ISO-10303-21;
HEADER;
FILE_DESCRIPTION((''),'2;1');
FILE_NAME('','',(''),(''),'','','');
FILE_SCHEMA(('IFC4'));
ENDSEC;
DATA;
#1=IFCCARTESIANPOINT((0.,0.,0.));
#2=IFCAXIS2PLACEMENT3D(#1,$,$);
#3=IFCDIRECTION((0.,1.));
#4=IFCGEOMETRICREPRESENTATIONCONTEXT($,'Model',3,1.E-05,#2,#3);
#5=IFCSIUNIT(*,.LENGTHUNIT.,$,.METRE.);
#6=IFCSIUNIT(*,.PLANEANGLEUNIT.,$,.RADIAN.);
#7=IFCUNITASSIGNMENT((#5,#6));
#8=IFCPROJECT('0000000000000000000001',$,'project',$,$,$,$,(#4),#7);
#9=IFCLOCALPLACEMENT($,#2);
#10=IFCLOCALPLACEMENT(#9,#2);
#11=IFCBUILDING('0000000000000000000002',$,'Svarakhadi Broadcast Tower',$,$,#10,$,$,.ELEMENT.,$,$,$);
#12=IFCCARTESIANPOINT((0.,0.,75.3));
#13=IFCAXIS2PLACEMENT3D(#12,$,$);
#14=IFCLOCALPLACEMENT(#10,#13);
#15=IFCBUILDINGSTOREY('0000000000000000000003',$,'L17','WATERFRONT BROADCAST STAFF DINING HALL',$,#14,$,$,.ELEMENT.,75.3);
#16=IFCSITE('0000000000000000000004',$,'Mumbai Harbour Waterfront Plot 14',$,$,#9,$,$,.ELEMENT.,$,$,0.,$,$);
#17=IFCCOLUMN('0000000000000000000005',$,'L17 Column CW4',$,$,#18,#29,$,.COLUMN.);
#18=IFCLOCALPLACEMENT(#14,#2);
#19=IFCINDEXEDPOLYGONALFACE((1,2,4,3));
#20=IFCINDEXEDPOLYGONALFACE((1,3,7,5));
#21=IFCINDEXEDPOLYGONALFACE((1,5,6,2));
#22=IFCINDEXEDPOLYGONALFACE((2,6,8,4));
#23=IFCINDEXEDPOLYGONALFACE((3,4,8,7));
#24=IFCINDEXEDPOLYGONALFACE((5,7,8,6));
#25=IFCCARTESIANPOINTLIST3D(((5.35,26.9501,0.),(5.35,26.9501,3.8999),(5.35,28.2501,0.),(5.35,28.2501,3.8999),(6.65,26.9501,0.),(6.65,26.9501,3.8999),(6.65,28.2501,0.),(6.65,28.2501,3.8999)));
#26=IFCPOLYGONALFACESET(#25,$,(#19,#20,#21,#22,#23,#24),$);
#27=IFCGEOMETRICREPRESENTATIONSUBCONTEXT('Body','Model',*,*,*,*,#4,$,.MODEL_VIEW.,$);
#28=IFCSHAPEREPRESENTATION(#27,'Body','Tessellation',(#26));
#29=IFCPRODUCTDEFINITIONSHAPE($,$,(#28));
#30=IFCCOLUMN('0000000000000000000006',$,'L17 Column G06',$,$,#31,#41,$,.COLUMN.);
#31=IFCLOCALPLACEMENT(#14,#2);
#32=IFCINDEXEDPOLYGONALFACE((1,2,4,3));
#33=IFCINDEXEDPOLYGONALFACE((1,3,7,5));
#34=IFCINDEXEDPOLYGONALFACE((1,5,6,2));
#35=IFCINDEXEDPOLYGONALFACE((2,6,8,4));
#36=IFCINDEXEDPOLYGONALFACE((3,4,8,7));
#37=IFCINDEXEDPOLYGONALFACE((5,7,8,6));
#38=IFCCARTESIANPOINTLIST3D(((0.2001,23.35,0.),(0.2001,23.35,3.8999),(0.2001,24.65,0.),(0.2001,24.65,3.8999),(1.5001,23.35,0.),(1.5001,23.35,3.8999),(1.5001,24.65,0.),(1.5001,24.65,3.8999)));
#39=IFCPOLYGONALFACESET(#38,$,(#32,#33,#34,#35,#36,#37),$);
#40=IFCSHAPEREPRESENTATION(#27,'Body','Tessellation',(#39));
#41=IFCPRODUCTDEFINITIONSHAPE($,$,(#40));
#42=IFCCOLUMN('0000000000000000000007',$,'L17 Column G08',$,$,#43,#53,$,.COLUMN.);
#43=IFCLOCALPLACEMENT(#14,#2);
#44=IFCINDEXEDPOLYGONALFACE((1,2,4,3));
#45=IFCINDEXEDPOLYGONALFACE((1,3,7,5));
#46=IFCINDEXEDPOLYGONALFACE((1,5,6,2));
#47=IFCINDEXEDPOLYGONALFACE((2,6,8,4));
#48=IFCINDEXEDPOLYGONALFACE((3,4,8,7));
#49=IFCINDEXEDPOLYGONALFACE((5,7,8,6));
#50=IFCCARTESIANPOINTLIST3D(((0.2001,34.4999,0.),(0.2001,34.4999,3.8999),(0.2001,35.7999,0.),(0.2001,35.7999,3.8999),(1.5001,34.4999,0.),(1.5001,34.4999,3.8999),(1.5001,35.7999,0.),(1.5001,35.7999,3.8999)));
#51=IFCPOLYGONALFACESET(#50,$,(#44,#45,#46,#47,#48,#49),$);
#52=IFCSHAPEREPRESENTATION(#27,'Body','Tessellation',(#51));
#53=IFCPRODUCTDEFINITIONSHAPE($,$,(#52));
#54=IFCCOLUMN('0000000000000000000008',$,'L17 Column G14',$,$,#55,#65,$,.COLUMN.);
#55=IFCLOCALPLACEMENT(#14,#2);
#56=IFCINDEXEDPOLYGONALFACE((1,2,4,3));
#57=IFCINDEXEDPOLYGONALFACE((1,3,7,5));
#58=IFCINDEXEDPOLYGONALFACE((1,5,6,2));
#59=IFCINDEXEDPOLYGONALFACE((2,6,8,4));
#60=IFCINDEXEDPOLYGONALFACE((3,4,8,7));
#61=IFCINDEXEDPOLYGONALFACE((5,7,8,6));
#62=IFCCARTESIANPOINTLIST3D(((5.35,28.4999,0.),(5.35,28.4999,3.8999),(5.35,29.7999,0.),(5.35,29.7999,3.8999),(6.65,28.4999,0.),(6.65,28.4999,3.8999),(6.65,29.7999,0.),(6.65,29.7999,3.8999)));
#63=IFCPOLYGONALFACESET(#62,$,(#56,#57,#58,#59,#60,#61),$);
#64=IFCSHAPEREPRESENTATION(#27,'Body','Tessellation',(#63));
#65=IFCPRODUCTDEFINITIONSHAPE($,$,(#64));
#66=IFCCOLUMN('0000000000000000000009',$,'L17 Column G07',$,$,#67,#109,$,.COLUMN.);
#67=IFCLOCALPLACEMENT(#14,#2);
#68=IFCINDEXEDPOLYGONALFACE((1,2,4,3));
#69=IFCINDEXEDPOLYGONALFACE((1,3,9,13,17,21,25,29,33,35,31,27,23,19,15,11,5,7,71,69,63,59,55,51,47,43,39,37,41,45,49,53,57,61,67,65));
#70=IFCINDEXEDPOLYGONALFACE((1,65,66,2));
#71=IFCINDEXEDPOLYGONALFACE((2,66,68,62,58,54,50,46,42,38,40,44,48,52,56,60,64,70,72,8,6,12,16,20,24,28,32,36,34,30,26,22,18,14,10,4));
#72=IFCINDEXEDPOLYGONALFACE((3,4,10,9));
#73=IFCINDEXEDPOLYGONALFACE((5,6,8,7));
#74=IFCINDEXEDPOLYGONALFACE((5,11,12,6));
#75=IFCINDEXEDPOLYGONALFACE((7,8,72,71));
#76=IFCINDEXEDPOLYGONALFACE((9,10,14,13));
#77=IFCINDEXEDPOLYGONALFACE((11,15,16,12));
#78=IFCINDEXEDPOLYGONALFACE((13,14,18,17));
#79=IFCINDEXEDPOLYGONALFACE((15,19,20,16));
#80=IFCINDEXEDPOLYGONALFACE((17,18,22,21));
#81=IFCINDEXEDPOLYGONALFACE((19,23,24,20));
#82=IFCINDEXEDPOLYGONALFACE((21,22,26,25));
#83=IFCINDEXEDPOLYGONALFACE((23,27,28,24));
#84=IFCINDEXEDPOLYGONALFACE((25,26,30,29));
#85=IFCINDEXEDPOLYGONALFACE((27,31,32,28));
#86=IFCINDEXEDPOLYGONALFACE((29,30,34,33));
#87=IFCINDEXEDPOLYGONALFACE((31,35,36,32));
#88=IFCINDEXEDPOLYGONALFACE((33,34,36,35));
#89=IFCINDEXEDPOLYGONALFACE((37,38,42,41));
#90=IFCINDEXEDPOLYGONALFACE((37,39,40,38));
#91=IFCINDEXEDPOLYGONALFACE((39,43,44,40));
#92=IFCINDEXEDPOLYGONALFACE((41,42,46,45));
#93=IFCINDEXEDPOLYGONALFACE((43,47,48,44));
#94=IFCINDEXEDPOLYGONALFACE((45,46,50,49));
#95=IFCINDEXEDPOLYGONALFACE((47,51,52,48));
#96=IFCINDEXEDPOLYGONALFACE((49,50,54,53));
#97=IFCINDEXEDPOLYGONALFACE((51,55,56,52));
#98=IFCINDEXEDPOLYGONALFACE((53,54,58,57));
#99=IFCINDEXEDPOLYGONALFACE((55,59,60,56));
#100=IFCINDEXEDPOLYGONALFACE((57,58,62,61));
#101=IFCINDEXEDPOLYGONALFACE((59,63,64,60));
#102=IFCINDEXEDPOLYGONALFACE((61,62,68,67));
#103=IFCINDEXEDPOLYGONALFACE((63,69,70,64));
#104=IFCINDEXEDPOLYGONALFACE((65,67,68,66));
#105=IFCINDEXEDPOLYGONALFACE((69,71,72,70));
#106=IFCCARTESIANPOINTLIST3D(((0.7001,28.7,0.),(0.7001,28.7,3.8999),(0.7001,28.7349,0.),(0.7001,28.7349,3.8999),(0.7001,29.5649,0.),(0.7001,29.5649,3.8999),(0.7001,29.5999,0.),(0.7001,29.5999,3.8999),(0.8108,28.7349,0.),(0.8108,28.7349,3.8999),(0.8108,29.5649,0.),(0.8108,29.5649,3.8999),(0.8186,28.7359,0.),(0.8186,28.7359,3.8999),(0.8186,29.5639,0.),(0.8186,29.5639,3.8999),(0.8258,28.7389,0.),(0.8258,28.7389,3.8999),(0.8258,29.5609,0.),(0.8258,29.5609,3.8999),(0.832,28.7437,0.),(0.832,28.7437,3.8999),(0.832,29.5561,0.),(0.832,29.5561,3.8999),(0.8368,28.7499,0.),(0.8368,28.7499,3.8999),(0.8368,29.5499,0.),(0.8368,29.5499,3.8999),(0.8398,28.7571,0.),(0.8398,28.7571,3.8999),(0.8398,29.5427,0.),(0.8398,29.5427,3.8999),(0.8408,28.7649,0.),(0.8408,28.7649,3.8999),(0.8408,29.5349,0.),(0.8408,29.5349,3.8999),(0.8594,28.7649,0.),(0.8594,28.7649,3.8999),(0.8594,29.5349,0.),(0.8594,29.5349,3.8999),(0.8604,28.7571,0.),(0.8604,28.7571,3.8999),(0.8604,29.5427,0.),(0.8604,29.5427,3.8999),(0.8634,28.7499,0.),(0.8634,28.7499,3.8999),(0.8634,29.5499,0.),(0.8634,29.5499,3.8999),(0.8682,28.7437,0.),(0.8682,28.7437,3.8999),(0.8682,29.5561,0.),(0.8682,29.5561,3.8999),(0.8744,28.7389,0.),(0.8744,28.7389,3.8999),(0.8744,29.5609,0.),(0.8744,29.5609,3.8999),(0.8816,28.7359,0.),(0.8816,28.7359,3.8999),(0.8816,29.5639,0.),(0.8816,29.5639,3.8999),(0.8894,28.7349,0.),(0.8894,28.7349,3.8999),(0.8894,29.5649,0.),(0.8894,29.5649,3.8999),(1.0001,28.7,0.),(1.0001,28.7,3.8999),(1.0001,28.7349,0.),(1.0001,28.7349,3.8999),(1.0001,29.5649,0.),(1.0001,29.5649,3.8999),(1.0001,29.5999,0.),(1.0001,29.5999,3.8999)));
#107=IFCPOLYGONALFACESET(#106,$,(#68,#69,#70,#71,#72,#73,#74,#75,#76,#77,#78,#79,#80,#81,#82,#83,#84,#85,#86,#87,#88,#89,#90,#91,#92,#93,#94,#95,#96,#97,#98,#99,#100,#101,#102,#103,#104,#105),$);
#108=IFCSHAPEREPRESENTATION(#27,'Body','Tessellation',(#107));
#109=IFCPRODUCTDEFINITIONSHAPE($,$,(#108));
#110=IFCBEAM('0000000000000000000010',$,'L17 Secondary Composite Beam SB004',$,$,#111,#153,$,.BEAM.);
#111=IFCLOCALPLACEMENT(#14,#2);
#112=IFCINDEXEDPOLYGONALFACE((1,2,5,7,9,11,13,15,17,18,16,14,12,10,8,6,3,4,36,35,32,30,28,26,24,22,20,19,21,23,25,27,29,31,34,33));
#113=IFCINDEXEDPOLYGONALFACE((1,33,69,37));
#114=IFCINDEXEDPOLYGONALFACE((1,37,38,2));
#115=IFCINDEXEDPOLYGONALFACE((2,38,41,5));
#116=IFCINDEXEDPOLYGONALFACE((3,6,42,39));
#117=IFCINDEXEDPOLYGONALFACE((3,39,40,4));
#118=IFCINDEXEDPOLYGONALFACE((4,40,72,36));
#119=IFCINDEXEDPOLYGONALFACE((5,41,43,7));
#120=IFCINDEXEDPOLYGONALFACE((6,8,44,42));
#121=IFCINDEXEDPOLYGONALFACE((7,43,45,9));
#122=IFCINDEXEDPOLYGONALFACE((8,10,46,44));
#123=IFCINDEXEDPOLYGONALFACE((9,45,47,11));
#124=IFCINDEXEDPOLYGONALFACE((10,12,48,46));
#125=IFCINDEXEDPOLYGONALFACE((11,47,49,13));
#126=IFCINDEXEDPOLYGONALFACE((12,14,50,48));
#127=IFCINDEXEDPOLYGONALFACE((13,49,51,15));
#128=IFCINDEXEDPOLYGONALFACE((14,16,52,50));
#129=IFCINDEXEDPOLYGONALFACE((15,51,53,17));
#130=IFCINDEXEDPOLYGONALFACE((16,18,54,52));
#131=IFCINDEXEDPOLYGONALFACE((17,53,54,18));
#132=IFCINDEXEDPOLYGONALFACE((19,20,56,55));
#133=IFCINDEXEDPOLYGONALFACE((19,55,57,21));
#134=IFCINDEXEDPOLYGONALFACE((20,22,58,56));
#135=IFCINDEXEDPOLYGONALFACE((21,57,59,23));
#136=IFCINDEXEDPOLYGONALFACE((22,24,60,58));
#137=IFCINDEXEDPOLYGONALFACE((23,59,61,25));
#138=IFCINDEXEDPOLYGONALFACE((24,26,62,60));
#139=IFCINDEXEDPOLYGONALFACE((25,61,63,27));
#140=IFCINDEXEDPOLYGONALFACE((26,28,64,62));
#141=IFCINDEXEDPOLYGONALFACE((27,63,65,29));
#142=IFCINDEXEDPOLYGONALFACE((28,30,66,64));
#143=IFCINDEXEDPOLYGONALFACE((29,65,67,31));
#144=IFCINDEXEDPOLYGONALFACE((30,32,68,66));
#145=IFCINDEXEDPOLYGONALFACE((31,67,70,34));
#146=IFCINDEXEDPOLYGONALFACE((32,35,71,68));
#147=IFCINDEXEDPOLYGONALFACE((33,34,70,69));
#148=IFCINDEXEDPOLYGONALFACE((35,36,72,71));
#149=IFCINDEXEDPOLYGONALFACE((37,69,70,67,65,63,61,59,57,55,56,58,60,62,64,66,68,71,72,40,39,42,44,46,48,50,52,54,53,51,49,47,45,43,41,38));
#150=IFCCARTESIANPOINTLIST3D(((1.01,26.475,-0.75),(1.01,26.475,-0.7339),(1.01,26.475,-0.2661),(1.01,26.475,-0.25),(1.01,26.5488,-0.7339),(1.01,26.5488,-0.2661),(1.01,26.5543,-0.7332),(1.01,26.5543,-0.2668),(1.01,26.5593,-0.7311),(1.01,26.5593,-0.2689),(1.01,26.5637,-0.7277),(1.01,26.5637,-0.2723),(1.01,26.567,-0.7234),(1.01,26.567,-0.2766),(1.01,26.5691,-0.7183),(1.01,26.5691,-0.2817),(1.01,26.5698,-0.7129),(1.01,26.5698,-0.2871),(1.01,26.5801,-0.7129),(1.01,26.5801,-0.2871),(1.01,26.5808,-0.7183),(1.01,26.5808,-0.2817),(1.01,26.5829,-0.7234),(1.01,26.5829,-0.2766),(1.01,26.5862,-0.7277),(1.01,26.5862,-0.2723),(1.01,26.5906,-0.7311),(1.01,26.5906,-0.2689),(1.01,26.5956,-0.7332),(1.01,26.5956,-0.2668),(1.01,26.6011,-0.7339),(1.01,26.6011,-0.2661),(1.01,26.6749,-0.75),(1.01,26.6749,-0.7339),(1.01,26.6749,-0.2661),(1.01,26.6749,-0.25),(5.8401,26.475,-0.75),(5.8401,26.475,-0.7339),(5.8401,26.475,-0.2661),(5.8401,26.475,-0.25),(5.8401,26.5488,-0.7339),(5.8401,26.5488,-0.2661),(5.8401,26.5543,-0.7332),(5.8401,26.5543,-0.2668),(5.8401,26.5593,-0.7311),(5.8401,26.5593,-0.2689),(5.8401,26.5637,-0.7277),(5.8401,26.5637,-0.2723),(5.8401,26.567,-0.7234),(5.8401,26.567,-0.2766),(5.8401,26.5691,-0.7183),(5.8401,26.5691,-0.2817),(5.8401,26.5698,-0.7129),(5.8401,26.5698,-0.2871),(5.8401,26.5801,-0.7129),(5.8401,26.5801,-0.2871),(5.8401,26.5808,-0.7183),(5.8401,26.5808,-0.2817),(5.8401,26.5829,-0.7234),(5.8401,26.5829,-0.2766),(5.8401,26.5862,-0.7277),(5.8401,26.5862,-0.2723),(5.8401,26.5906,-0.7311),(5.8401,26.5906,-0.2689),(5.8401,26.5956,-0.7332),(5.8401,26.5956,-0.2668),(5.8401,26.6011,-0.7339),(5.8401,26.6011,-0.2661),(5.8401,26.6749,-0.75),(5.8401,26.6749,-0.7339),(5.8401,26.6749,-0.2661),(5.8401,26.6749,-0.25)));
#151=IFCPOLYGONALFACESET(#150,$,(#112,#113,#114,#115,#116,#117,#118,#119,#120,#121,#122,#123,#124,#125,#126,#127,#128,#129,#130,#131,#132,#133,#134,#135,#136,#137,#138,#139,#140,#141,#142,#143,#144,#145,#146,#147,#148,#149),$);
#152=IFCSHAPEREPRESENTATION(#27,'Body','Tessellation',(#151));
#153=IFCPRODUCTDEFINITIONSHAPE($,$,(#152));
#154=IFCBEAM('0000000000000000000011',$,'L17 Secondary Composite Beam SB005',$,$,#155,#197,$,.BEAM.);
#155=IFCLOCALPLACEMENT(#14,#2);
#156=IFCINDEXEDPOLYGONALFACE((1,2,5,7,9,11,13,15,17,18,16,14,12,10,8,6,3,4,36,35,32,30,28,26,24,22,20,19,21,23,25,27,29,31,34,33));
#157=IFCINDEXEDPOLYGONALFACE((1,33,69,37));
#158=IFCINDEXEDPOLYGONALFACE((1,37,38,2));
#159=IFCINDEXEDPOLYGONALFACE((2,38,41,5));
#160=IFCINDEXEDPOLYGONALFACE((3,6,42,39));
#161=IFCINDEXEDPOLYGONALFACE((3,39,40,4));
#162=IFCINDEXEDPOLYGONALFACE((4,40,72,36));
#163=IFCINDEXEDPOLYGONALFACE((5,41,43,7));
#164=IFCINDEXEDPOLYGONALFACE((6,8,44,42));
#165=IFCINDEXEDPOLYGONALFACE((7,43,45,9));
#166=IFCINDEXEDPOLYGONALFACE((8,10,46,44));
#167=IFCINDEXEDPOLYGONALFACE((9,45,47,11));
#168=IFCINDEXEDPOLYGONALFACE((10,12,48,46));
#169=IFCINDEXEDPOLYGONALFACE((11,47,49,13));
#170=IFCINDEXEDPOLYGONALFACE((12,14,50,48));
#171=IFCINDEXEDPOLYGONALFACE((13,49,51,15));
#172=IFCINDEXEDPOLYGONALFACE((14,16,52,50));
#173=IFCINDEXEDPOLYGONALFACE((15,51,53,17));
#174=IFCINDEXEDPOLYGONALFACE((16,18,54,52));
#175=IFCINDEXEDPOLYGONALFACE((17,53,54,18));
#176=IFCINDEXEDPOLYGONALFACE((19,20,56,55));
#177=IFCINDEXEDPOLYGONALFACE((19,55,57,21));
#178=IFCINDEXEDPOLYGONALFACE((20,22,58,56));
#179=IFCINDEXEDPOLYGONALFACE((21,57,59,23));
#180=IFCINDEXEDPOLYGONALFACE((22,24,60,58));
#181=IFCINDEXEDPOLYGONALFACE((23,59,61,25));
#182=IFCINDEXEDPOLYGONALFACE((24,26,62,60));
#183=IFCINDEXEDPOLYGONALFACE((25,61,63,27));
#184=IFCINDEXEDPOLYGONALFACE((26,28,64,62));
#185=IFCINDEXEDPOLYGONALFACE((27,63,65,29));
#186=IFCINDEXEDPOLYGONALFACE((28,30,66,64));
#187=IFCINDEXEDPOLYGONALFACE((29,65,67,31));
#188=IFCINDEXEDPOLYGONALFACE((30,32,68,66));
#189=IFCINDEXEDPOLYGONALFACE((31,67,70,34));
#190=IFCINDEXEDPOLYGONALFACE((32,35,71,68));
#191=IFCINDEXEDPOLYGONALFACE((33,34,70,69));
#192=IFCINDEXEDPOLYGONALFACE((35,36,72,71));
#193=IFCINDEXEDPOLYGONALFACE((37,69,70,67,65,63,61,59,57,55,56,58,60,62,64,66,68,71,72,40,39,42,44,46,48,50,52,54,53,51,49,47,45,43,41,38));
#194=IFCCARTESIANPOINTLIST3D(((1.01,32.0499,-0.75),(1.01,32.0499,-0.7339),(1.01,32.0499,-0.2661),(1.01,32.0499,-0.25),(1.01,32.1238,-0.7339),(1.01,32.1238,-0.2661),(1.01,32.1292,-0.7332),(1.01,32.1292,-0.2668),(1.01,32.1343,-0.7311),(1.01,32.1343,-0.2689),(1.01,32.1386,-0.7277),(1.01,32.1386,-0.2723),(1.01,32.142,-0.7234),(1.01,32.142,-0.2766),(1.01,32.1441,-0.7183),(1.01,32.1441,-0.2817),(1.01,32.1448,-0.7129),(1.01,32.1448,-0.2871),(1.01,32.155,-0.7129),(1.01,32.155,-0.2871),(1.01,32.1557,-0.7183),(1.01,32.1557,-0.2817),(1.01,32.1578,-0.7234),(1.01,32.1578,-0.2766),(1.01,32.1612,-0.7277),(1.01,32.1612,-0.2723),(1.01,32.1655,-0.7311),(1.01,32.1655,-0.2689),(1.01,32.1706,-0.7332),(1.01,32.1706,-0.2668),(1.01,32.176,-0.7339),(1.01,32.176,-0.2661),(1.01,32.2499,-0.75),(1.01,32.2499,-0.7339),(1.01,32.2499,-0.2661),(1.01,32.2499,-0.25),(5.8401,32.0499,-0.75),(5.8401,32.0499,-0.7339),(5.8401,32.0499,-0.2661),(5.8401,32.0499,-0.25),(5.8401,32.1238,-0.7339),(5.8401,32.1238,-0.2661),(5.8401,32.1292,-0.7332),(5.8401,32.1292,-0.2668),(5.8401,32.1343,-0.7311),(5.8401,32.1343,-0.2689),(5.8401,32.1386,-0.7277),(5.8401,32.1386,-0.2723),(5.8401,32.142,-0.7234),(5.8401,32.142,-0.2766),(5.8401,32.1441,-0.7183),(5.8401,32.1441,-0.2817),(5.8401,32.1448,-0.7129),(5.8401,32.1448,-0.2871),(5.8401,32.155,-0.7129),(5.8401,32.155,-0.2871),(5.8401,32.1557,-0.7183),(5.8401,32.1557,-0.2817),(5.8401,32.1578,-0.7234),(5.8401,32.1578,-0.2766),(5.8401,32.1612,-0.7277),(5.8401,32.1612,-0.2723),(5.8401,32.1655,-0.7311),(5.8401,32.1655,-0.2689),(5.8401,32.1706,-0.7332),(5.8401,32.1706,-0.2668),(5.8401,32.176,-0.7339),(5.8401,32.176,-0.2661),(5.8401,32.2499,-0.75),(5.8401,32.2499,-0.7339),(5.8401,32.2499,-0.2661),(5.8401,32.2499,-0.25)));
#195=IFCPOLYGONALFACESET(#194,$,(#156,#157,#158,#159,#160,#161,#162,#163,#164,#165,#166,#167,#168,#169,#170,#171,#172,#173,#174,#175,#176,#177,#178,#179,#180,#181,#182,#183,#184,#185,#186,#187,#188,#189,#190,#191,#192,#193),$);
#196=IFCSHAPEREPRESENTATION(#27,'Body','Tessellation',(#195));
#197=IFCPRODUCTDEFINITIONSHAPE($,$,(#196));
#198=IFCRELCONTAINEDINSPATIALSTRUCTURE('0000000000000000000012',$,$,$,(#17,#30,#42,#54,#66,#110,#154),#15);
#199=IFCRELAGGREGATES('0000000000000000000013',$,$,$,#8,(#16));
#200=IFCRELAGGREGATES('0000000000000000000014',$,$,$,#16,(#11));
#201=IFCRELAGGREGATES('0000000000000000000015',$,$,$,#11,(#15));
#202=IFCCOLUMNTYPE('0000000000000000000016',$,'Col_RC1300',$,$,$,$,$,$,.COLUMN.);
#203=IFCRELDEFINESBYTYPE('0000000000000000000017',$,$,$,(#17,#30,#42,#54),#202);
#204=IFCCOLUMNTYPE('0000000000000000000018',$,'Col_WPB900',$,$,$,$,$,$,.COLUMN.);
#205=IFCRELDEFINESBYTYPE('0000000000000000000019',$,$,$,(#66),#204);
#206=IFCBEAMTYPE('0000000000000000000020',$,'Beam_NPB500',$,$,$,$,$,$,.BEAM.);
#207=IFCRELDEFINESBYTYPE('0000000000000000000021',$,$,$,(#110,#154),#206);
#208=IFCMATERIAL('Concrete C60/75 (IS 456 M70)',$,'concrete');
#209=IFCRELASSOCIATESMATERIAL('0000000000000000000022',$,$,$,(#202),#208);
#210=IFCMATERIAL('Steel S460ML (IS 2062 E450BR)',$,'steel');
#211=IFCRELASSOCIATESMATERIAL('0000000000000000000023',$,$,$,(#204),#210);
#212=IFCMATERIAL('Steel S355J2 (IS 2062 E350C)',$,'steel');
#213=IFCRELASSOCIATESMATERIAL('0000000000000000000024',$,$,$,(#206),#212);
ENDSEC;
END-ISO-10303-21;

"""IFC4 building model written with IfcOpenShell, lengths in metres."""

from ifc_helpers import new_model, si_unit, direction, frame, origin, origin_2d, place, context, subcontext, project, spatial, rectangle, i_section, extrude, material, material_profile, profile_set, type_object, element, save


model = new_model("IFC4")

# Units and contexts
model_context = context("Model", 3, precision=1e-05, world=origin(), true_north=direction((0.0, 1.0)))
body_context = subcontext(model_context, "Body", "Model", "MODEL_VIEW")
ifc_project = project(units=[si_unit("LENGTHUNIT", "METRE"), si_unit("PLANEANGLEUNIT", "RADIAN")], contexts=[model_context])

# Site, building, storey
site_placement = place(None, origin())
site = spatial("IfcSite", under=ifc_project, at=site_placement, Name="Mumbai Harbour Waterfront Plot 14", CompositionType="ELEMENT", RefElevation=0.0)
building_placement = place(site_placement, origin())
building = spatial("IfcBuilding", under=site, at=building_placement, Name="Svarakhadi Broadcast Tower", CompositionType="ELEMENT")
storey_placement = place(building_placement, frame((0.0, 0.0, 75.3)))
storey = spatial("IfcBuildingStorey", under=building, at=storey_placement, Name="L17", Description="WATERFRONT BROADCAST STAFF DINING HALL", CompositionType="ELEMENT", Elevation=75.3)

# Columns
ifc_material_1 = material(Name="Concrete C60/75 (IS 456 M70)", Category="concrete")
ifc_material_profile_1 = material_profile(ifc_material_1, rectangle(XDim=1.3, YDim=1.3, at=origin_2d()), Name="RC 1300x1300")
ifc_profile_set_1 = profile_set([ifc_material_profile_1], Name="Concrete C60/75 (IS 456 M70)")
column_type_1 = type_object("IfcColumnType", Name="Col_RC1300", PredefinedType="COLUMN", material=ifc_profile_set_1)
for number, where, z_axis, x_axis, name in (
    (1, (6.0, 27.6001, 0.0), (0.0, 0.0, 1.0), (1.0, 0.0, 0.0), "L17 Column CW4"),
    (2, (0.8501, 24.0, 0.0), (0.0, 0.0, 1.0), (1.0, 0.0, 0.0), "L17 Column G06"),
    (3, (0.8501, 35.1499, 0.0), (0.0, 0.0, 1.0), (1.0, 0.0, 0.0), "L17 Column G08"),
    (4, (6.0, 29.1499, 0.0), (0.0, 0.0, 1.0), (1.0, 0.0, 0.0), "L17 Column G14"),
):
    element("IfcColumn", number, at=place(storey_placement, frame(where, z_axis=z_axis, x_axis=x_axis)), inside=storey, type_object=column_type_1, Name=name, PredefinedType="COLUMN", context=body_context, shape_type="SweptSolid", body=[
        extrude(rectangle(XDim=1.3, YDim=1.3, at=origin_2d()), origin(), (0.0, 0.0, 1.0), 3.8999),
    ])
ifc_material_2 = material(Name="Steel S460ML (IS 2062 E450BR)", Category="steel")
ifc_material_profile_2 = material_profile(ifc_material_2, i_section(OverallWidth=0.3, OverallDepth=0.8999, WebThickness=0.0186, FlangeThickness=0.0349, FilletRadius=0.03, at=origin_2d()), Name="WPB 900x300x291")
ifc_profile_set_2 = profile_set([ifc_material_profile_2], Name="Steel S460ML (IS 2062 E450BR)")
column_type_2 = type_object("IfcColumnType", Name="Col_WPB900", PredefinedType="COLUMN", material=ifc_profile_set_2)
column_placement = place(storey_placement, frame((0.8501, 29.1499, 0.0), z_axis=(0.0, 0.0, 1.0), x_axis=(1.0, 0.0, 0.0)))
element("IfcColumn", 5, at=column_placement, inside=storey, type_object=column_type_2, Name="L17 Column G07", PredefinedType="COLUMN", context=body_context, shape_type="SweptSolid", body=[
    extrude(i_section(OverallWidth=0.3, OverallDepth=0.8999, WebThickness=0.0186, FlangeThickness=0.0349, FilletRadius=0.03, at=origin_2d()), origin(), (0.0, 0.0, 1.0), 3.8999),
])

# Beams
ifc_material_3 = material(Name="Steel S355J2 (IS 2062 E350C)", Category="steel")
ifc_material_profile_3 = material_profile(ifc_material_3, i_section(OverallWidth=0.2, OverallDepth=0.5, WebThickness=0.0103, FlangeThickness=0.0161, FilletRadius=0.021, at=origin_2d()), Name="NPB 500x200x91")
ifc_profile_set_3 = profile_set([ifc_material_profile_3], Name="Steel S355J2 (IS 2062 E350C)")
beam_type_1 = type_object("IfcBeamType", Name="Beam_NPB500", PredefinedType="BEAM", material=ifc_profile_set_3)
for number, where, z_axis, x_axis, name in (
    (6, (1.01, 26.575, -0.5), (1.0, 0.0, 0.0), (0.0, 1.0, 0.0), "L17 Secondary Composite Beam SB004"),
    (7, (1.01, 32.1499, -0.5), (1.0, 0.0, 0.0), (0.0, 1.0, 0.0), "L17 Secondary Composite Beam SB005"),
):
    element("IfcBeam", number, at=place(storey_placement, frame(where, z_axis=z_axis, x_axis=x_axis)), inside=storey, type_object=beam_type_1, Name=name, PredefinedType="BEAM", context=body_context, shape_type="SweptSolid", body=[
        extrude(i_section(OverallWidth=0.2, OverallDepth=0.5, WebThickness=0.0103, FlangeThickness=0.0161, FilletRadius=0.021, at=origin_2d()), origin(), (0.0, 0.0, 1.0), 4.8301),
    ])

save(model, "model.ifc")
